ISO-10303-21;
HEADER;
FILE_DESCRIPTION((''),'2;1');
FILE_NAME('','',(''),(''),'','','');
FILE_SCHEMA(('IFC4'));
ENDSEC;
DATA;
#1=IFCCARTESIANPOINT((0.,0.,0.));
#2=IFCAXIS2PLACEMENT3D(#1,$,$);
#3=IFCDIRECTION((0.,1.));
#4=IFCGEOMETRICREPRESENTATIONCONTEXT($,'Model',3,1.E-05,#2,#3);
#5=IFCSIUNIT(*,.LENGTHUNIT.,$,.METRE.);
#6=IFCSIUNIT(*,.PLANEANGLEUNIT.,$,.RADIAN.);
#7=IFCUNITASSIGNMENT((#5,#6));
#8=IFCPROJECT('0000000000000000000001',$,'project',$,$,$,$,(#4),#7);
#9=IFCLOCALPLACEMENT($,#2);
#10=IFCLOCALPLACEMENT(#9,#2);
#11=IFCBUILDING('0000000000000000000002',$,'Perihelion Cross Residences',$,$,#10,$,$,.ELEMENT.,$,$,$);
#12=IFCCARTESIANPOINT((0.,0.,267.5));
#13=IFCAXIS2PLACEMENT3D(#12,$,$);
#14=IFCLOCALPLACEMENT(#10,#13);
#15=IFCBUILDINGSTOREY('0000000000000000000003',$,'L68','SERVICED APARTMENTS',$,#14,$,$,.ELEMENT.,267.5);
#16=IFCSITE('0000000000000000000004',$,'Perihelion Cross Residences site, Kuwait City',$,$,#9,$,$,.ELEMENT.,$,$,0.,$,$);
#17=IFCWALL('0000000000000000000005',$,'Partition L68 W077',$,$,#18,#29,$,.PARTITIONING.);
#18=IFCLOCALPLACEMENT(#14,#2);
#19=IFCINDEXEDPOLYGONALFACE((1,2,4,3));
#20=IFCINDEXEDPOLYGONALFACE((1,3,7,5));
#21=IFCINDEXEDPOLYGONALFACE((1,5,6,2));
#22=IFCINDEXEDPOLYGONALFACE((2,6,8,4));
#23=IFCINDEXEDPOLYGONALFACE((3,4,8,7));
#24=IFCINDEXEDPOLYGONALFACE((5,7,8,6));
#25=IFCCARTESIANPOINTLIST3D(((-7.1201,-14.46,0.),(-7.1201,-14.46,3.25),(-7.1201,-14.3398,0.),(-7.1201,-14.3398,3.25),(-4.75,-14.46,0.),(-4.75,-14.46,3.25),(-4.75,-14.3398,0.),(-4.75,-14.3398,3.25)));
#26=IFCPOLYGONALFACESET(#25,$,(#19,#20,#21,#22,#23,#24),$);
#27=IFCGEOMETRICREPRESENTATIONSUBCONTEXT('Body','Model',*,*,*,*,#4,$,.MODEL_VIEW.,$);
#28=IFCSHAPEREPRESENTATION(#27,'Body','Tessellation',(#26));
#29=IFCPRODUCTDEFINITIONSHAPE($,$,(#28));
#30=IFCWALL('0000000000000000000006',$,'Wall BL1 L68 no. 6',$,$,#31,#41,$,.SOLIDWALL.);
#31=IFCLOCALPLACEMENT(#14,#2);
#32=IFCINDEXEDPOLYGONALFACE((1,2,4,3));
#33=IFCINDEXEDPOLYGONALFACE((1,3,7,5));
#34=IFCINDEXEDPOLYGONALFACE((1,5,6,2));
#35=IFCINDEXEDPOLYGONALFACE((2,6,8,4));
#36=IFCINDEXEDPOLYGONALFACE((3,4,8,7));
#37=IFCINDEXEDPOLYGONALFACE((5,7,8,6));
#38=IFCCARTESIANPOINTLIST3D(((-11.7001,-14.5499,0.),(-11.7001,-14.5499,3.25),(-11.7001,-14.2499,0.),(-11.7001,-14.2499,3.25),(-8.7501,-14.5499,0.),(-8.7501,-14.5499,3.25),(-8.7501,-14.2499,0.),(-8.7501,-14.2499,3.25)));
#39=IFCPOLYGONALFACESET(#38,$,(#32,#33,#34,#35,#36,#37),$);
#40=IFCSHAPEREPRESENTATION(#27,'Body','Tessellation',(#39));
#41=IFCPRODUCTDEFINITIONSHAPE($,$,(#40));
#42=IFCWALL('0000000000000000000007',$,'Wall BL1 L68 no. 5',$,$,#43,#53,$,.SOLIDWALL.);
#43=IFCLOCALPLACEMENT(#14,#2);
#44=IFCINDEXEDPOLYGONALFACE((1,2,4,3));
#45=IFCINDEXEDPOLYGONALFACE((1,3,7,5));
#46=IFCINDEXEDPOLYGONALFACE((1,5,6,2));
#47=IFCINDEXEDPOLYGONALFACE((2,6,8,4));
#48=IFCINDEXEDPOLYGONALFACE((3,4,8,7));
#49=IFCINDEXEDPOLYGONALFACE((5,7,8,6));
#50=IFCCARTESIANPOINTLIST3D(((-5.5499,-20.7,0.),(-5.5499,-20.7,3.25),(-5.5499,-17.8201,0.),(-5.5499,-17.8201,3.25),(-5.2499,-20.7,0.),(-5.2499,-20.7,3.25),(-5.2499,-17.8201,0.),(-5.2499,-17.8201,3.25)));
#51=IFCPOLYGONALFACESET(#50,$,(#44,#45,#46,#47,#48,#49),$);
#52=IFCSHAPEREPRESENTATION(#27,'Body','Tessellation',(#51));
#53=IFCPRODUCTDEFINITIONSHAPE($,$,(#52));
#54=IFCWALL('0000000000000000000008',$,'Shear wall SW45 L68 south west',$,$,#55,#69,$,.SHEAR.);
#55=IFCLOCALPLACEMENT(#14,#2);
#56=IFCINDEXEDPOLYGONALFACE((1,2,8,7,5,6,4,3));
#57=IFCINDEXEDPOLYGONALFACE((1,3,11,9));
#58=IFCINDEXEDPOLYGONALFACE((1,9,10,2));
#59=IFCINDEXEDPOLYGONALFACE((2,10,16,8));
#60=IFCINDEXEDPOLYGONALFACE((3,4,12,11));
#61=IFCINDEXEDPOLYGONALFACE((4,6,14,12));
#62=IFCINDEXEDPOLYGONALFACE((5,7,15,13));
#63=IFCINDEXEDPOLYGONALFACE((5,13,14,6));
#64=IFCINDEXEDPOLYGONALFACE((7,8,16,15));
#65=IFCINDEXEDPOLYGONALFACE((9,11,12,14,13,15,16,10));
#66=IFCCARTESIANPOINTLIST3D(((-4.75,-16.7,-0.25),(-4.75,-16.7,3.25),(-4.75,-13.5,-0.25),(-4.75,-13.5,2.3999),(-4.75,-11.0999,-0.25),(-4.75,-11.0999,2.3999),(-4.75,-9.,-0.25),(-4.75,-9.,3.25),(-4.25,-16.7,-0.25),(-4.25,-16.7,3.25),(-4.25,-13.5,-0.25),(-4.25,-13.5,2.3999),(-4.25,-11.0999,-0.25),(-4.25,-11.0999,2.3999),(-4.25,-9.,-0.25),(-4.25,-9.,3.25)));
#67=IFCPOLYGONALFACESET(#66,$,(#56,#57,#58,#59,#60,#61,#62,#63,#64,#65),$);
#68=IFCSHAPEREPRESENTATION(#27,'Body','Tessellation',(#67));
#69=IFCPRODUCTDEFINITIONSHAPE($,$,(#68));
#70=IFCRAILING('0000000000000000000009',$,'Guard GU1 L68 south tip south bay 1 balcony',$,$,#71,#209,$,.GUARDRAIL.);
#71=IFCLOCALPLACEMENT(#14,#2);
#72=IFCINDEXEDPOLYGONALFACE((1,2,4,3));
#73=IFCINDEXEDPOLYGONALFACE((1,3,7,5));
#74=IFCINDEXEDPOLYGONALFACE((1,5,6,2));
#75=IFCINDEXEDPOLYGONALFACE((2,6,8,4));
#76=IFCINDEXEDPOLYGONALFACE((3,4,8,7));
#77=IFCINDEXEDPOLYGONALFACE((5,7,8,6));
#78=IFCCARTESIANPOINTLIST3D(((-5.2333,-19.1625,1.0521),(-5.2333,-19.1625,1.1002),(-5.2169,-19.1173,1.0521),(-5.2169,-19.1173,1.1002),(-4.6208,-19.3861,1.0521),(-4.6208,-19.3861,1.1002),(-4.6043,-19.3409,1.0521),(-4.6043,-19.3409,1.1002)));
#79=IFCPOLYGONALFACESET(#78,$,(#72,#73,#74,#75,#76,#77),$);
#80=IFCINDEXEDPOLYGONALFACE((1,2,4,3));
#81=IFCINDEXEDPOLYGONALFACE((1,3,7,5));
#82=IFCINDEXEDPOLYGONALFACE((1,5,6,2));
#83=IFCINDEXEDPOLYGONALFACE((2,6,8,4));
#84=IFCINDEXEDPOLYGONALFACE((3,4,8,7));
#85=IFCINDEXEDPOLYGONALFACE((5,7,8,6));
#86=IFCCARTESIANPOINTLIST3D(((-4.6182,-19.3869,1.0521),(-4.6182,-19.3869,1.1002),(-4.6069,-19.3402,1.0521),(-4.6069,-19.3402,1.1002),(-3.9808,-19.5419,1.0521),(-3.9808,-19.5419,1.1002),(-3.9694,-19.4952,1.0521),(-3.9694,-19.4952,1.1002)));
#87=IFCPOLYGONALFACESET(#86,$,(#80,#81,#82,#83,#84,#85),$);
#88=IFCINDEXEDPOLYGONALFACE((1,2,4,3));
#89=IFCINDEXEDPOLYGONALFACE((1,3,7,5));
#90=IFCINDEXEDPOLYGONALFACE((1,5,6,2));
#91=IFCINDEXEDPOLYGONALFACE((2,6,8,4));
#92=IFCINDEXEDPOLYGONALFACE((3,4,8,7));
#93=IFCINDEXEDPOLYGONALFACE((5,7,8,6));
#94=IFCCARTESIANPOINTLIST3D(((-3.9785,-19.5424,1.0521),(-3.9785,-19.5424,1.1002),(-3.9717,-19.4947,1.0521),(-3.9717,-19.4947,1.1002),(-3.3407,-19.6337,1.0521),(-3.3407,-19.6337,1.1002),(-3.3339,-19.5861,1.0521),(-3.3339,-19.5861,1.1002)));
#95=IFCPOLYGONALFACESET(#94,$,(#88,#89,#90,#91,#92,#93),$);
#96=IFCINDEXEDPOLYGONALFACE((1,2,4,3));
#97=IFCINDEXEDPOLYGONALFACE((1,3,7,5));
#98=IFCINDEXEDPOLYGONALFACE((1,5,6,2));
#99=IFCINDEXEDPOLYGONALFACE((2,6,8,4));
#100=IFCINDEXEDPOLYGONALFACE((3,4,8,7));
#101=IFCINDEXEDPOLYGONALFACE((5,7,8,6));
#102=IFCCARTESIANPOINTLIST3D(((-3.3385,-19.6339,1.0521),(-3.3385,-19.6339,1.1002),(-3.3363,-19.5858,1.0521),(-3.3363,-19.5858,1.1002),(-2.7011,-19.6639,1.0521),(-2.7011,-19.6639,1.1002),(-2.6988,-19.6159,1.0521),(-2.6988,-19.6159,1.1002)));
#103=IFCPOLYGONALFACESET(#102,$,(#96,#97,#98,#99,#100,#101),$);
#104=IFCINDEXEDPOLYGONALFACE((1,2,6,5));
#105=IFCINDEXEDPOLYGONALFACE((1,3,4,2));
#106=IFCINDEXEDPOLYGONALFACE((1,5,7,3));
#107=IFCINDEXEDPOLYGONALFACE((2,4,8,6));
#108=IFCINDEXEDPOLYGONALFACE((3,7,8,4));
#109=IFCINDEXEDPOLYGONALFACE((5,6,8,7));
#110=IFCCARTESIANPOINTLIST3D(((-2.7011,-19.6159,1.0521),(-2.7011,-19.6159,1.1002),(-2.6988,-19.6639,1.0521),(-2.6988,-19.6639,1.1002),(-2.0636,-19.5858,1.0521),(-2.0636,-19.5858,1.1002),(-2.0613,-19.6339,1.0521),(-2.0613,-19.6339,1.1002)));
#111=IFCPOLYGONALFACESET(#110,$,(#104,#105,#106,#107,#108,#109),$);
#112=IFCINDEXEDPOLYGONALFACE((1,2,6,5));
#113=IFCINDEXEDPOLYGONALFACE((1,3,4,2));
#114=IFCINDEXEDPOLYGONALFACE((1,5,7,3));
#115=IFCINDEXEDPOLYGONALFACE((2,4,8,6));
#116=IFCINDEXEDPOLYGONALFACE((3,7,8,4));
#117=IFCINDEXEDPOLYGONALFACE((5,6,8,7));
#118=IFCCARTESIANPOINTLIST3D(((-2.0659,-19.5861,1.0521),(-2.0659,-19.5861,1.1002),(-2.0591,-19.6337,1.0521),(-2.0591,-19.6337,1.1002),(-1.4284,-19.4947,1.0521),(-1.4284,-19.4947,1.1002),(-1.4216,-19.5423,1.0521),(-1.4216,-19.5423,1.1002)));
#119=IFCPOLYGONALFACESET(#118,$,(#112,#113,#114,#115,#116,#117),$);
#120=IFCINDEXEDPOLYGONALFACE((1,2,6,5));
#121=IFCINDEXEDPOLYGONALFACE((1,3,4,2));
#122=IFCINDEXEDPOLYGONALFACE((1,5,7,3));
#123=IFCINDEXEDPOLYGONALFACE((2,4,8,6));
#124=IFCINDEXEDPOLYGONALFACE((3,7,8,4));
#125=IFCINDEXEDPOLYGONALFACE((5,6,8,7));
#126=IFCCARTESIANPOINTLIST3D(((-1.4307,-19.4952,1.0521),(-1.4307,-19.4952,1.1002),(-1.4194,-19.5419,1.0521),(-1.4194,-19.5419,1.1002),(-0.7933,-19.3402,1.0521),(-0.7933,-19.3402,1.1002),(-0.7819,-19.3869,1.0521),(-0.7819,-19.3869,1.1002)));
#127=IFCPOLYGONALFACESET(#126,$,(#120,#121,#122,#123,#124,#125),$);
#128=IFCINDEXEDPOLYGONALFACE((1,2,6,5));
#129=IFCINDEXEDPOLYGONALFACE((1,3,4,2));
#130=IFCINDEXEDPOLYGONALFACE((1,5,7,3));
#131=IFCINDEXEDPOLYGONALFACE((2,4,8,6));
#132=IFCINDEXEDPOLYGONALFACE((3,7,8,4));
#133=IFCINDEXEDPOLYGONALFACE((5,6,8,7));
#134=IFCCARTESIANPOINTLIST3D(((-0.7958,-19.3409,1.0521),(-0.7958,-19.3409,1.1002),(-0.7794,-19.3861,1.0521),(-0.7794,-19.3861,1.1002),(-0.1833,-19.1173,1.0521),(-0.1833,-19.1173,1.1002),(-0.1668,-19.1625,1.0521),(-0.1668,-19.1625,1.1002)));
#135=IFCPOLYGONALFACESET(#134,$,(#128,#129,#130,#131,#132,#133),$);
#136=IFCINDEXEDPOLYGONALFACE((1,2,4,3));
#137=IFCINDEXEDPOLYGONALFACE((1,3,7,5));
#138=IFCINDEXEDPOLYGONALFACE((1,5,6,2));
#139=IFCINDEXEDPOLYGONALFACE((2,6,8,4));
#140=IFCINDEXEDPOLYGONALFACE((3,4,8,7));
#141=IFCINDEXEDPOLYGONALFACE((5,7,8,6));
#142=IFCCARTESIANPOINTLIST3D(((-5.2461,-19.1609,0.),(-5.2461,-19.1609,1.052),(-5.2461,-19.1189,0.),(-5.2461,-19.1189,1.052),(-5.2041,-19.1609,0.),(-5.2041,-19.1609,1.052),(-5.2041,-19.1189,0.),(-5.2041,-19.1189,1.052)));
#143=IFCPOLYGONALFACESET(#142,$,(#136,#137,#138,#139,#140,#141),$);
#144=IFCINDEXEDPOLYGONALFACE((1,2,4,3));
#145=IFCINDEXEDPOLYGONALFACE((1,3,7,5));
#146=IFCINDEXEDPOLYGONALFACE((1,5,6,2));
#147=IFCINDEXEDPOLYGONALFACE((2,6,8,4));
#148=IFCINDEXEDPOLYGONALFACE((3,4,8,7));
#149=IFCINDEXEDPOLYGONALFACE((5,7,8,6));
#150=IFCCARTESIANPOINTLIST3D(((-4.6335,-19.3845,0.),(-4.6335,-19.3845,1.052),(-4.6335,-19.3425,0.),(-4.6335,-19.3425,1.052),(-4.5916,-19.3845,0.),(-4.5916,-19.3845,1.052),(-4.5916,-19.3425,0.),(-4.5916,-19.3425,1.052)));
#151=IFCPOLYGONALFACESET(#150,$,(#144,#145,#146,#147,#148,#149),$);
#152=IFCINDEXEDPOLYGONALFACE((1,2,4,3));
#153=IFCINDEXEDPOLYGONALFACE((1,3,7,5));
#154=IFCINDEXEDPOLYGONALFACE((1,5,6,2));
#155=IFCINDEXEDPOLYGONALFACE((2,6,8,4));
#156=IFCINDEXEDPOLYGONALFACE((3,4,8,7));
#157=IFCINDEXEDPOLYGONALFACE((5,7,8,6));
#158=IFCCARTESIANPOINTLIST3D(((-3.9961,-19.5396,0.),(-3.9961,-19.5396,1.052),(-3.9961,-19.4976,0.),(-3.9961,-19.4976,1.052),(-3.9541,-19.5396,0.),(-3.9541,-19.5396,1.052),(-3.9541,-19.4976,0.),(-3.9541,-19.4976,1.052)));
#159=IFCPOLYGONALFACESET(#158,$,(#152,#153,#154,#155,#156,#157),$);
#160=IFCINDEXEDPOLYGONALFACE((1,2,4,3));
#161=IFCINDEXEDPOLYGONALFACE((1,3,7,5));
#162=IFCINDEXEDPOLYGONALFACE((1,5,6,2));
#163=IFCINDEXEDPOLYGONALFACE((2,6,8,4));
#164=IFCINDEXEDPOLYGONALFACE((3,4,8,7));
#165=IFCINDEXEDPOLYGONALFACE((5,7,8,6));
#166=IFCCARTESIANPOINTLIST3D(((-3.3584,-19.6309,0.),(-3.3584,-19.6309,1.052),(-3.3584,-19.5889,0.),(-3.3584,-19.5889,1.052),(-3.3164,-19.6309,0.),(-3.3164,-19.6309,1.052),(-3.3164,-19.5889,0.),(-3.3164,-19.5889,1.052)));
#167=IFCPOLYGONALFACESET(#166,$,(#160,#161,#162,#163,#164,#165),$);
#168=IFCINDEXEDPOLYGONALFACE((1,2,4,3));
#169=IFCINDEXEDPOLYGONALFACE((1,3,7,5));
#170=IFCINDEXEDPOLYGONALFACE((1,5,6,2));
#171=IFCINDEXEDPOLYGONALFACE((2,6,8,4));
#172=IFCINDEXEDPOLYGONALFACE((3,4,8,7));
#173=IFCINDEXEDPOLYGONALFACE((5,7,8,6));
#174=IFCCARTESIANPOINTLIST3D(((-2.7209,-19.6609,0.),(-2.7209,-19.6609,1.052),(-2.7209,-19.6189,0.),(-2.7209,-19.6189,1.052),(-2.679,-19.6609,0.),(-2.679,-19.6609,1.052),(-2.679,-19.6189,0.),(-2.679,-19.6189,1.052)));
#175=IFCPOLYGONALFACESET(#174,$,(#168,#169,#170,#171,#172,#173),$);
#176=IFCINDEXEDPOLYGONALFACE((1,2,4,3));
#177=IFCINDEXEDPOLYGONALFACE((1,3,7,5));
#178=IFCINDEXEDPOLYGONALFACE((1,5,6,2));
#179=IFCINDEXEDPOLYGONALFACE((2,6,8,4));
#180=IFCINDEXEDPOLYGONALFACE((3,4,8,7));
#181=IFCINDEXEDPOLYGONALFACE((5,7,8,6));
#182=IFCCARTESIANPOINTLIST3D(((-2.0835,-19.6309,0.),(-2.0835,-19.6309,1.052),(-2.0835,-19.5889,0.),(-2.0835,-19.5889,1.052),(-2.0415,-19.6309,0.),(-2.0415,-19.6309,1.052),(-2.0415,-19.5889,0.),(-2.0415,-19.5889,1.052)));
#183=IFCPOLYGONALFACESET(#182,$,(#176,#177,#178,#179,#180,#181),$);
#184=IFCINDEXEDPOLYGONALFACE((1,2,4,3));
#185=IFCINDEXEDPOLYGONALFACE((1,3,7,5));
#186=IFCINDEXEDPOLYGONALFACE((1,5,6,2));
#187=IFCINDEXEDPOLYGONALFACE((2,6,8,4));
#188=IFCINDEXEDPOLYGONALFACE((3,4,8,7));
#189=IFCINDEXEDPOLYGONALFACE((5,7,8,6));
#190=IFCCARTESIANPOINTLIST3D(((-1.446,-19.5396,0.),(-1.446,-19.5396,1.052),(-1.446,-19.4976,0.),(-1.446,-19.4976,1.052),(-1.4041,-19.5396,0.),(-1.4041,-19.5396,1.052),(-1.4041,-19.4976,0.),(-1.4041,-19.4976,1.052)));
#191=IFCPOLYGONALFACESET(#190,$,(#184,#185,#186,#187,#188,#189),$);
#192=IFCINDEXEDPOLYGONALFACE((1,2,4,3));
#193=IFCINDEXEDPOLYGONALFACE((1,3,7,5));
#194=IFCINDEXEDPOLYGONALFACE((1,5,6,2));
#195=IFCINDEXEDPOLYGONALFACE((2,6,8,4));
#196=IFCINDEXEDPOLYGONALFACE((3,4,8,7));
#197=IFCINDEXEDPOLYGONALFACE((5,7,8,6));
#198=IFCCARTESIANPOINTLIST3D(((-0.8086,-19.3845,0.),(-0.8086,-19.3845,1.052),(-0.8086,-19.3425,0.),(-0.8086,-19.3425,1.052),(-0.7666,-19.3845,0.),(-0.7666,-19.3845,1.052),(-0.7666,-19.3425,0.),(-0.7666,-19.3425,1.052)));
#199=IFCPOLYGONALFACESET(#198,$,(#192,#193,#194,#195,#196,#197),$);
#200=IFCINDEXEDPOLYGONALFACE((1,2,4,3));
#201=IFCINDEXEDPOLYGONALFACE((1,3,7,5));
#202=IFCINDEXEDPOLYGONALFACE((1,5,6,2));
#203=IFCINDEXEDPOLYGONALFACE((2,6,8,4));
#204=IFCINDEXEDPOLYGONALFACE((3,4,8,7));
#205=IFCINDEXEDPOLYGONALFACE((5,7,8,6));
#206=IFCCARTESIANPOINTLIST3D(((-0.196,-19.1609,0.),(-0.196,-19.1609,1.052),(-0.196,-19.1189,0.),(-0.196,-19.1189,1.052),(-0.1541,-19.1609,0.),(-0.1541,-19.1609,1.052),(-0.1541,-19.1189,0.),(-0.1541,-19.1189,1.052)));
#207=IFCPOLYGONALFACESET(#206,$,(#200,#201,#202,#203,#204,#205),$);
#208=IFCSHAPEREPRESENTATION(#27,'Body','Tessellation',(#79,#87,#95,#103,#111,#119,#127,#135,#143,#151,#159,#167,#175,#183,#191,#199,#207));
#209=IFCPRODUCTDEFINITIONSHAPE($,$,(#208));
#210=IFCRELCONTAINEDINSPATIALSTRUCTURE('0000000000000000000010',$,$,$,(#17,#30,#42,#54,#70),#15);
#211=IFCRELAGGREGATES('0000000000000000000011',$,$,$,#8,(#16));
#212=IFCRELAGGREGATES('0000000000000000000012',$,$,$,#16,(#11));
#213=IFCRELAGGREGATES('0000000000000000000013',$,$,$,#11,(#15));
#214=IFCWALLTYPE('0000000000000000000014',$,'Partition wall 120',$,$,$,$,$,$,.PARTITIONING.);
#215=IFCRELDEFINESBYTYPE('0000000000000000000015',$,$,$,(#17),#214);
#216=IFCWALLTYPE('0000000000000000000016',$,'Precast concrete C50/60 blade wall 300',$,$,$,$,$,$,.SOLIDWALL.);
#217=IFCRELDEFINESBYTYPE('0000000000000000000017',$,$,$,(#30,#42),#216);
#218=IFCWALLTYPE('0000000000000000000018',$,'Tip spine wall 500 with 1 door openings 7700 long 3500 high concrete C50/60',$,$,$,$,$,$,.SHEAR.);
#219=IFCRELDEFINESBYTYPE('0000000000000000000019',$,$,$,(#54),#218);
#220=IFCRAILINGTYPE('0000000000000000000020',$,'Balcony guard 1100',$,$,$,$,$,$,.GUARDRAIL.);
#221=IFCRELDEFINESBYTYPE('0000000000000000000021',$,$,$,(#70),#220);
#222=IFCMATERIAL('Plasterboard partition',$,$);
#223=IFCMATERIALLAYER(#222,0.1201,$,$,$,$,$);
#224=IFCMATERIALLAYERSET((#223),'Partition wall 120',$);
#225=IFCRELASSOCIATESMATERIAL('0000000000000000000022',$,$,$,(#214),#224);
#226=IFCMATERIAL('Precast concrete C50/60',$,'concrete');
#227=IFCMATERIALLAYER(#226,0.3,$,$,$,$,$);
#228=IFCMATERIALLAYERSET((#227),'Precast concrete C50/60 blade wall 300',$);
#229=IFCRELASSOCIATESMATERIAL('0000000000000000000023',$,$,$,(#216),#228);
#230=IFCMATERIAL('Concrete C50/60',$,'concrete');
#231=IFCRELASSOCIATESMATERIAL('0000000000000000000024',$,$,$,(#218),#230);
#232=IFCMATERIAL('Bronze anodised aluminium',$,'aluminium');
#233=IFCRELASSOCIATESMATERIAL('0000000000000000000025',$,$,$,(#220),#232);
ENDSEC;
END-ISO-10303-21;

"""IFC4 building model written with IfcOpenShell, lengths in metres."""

from ifc_helpers import new_model, si_unit, direction, frame, frame_2d, origin, origin_2d, place, context, subcontext, project, spatial, polyline, rectangle, outline, extrude, material, layer, layer_set, material_profile, profile_set, type_object, element, save


model = new_model("IFC4")

# Units and contexts
model_context = context("Model", 3, precision=1e-05, world=origin(), true_north=direction((0.0, 1.0)))
body_context = subcontext(model_context, "Body", "Model", "MODEL_VIEW")
ifc_project = project(units=[si_unit("LENGTHUNIT", "METRE"), si_unit("PLANEANGLEUNIT", "RADIAN")], contexts=[model_context])

# Site, building, storey
site_placement = place(None, origin())
site = spatial("IfcSite", under=ifc_project, at=site_placement, Name="Perihelion Cross Residences site, Kuwait City", CompositionType="ELEMENT", RefElevation=0.0)
building_placement = place(site_placement, origin())
building = spatial("IfcBuilding", under=site, at=building_placement, Name="Perihelion Cross Residences", CompositionType="ELEMENT")
storey_placement = place(building_placement, frame((0.0, 0.0, 267.5)))
storey = spatial("IfcBuildingStorey", under=building, at=storey_placement, Name="L68", Description="SERVICED APARTMENTS", CompositionType="ELEMENT", Elevation=267.5)

# Walls
ifc_material_1 = material(Name="Plasterboard partition")
ifc_layer_1 = layer(ifc_material_1, 0.1201)
ifc_layer_set_1 = layer_set([ifc_layer_1], Name="Partition wall 120")
wall_type_1 = type_object("IfcWallType", Name="Partition wall 120", PredefinedType="PARTITIONING", material=ifc_layer_set_1)
wall_1_placement = place(storey_placement, frame((-4.75, -14.3999, 0.0), z_axis=(0.0, 0.0, 1.0), x_axis=(-1.0, 0.0, 0.0)))
element("IfcWall", 1, at=wall_1_placement, inside=storey, type_object=wall_type_1, Name="Partition L68 W077", PredefinedType="PARTITIONING", context=body_context, shape_type="SweptSolid", body=[
    extrude(rectangle(XDim=2.3701, YDim=0.1201, at=frame_2d((1.1851, 0.0))), origin(), (0.0, 0.0, 1.0), 3.25),
])
ifc_material_2 = material(Name="Precast concrete C50/60", Category="concrete")
ifc_layer_2 = layer(ifc_material_2, 0.3)
ifc_layer_set_2 = layer_set([ifc_layer_2], Name="Precast concrete C50/60 blade wall 300")
wall_type_2 = type_object("IfcWallType", Name="Precast concrete C50/60 blade wall 300", PredefinedType="SOLIDWALL", material=ifc_layer_set_2)
wall_2_placement = place(storey_placement, frame((-8.75, -14.3999, 0.0), z_axis=(0.0, 0.0, 1.0), x_axis=(-1.0, 0.0, 0.0)))
element("IfcWall", 2, at=wall_2_placement, inside=storey, type_object=wall_type_2, Name="Wall BL1 L68 no. 6", PredefinedType="SOLIDWALL", context=body_context, shape_type="SweptSolid", body=[
    extrude(rectangle(XDim=2.95, YDim=0.3, at=frame_2d((1.4751, 0.0))), origin(), (0.0, 0.0, 1.0), 3.25),
])
wall_3_placement = place(storey_placement, frame((-5.3999, -17.8201, 0.0), z_axis=(0.0, 0.0, 1.0), x_axis=(0.0, -1.0, 0.0)))
element("IfcWall", 3, at=wall_3_placement, inside=storey, type_object=wall_type_2, Name="Wall BL1 L68 no. 5", PredefinedType="SOLIDWALL", context=body_context, shape_type="SweptSolid", body=[
    extrude(rectangle(XDim=2.8799, YDim=0.3, at=frame_2d((1.4399, 0.0))), origin(), (0.0, 0.0, 1.0), 3.25),
])
ifc_material_3 = material(Name="Concrete C50/60", Category="concrete")
ifc_material_profile_1 = material_profile(ifc_material_3, outline(polyline([(0.0, 0.0), (3.2, 0.0), (3.2, 2.6499), (5.6001, 2.6499), (5.6001, 0.0), (7.7, 0.0), (7.7, 3.5), (0.0, 3.5), (0.0, 0.0)])), Name="Tip spine wall")
ifc_profile_set_1 = profile_set([ifc_material_profile_1], Name="Concrete C50/60")
wall_type_3 = type_object("IfcWallType", Name="Tip spine wall 500 with 1 door openings 7700 long 3500 high concrete C50/60", PredefinedType="SHEAR", material=ifc_profile_set_1)
wall_4_placement = place(storey_placement, frame((-4.75, -16.7, -0.25), z_axis=(1.0, 0.0, 0.0), x_axis=(0.0, 1.0, 0.0)))
element("IfcWall", 4, at=wall_4_placement, inside=storey, type_object=wall_type_3, Name="Shear wall SW45 L68 south west", PredefinedType="SHEAR", context=body_context, shape_type="SweptSolid", body=[
    extrude(outline(polyline([(0.0, 0.0), (3.2, 0.0), (3.2, 2.6499), (5.6001, 2.6499), (5.6001, 0.0), (7.7, 0.0), (7.7, 3.5), (0.0, 3.5), (0.0, 0.0)])), origin(), (0.0, 0.0, 1.0), 0.5),
])

# Railing
ifc_material_4 = material(Name="Bronze anodised aluminium", Category="aluminium")
railing_type = type_object("IfcRailingType", Name="Balcony guard 1100", PredefinedType="GUARDRAIL", material=ifc_material_4)
railing_1_placement = place(storey_placement, frame((-5.2251, -19.1399, 0.0)))
element("IfcRailing", 5, at=railing_1_placement, inside=storey, type_object=railing_type, Name="Guard GU1 L68 south tip south bay 1 balcony", PredefinedType="GUARDRAIL", context=body_context, shape_type="SweptSolid", body=[
    extrude(rectangle(XDim=0.0481, YDim=0.0481, at=origin_2d()), frame((0.0, 0.0, 1.0762), z_axis=(0.939355, -0.342945, 0.0), x_axis=(0.342945, 0.939355, 0.0)), (0.0, 0.0, 1.0), 0.6521),
    extrude(rectangle(XDim=0.0481, YDim=0.0481, at=origin_2d()), frame((0.6125, -0.2236, 1.0762), z_axis=(0.971677, -0.236314, 0.0), x_axis=(0.236314, 0.971677, 0.0)), (0.0, 0.0, 1.0), 0.656),
    extrude(rectangle(XDim=0.0481, YDim=0.0481, at=origin_2d()), frame((1.25, -0.3787, 1.0762), z_axis=(0.989904, -0.14174, 0.0), x_axis=(0.14174, 0.989904, 0.0)), (0.0, 0.0, 1.0), 0.6443),
    extrude(rectangle(XDim=0.0481, YDim=0.0481, at=origin_2d()), frame((1.8877, -0.47, 1.0762), z_axis=(0.998892, -0.047056, 0.0), x_axis=(0.047056, 0.998892, 0.0)), (0.0, 0.0, 1.0), 0.6382),
    extrude(rectangle(XDim=0.0481, YDim=0.0481, at=origin_2d()), frame((2.5251, -0.5, 1.0762), z_axis=(0.998892, 0.047056, 0.0), x_axis=(-0.047056, 0.998892, 0.0)), (0.0, 0.0, 1.0), 0.6382),
    extrude(rectangle(XDim=0.0481, YDim=0.0481, at=origin_2d()), frame((3.1626, -0.47, 1.0762), z_axis=(0.989896, 0.141793, 0.0), x_axis=(-0.141793, 0.989896, 0.0)), (0.0, 0.0, 1.0), 0.644),
    extrude(rectangle(XDim=0.0481, YDim=0.0481, at=origin_2d()), frame((3.8, -0.3787, 1.0762), z_axis=(0.971677, 0.236314, 0.0), x_axis=(-0.236314, 0.971677, 0.0)), (0.0, 0.0, 1.0), 0.656),
    extrude(rectangle(XDim=0.0481, YDim=0.0481, at=origin_2d()), frame((4.4375, -0.2236, 1.0762), z_axis=(0.939355, 0.342945, 0.0), x_axis=(-0.342945, 0.939355, 0.0)), (0.0, 0.0, 1.0), 0.6521),
    extrude(rectangle(XDim=0.042, YDim=0.042, at=origin_2d()), origin(), (0.0, 0.0, 1.0), 1.052),
    extrude(rectangle(XDim=0.042, YDim=0.042, at=origin_2d()), frame((0.6125, -0.2236, 0.0)), (0.0, 0.0, 1.0), 1.052),
    extrude(rectangle(XDim=0.042, YDim=0.042, at=origin_2d()), frame((1.25, -0.3787, 0.0)), (0.0, 0.0, 1.0), 1.052),
    extrude(rectangle(XDim=0.042, YDim=0.042, at=origin_2d()), frame((1.8877, -0.47, 0.0)), (0.0, 0.0, 1.0), 1.052),
    extrude(rectangle(XDim=0.042, YDim=0.042, at=origin_2d()), frame((2.5251, -0.5, 0.0)), (0.0, 0.0, 1.0), 1.052),
    extrude(rectangle(XDim=0.042, YDim=0.042, at=origin_2d()), frame((3.1626, -0.47, 0.0)), (0.0, 0.0, 1.0), 1.052),
    extrude(rectangle(XDim=0.042, YDim=0.042, at=origin_2d()), frame((3.8, -0.3787, 0.0)), (0.0, 0.0, 1.0), 1.052),
    extrude(rectangle(XDim=0.042, YDim=0.042, at=origin_2d()), frame((4.4375, -0.2236, 0.0)), (0.0, 0.0, 1.0), 1.052),
    extrude(rectangle(XDim=0.042, YDim=0.042, at=origin_2d()), frame((5.05, 0.0, 0.0)), (0.0, 0.0, 1.0), 1.052),
])

save(model, "model.ifc")
